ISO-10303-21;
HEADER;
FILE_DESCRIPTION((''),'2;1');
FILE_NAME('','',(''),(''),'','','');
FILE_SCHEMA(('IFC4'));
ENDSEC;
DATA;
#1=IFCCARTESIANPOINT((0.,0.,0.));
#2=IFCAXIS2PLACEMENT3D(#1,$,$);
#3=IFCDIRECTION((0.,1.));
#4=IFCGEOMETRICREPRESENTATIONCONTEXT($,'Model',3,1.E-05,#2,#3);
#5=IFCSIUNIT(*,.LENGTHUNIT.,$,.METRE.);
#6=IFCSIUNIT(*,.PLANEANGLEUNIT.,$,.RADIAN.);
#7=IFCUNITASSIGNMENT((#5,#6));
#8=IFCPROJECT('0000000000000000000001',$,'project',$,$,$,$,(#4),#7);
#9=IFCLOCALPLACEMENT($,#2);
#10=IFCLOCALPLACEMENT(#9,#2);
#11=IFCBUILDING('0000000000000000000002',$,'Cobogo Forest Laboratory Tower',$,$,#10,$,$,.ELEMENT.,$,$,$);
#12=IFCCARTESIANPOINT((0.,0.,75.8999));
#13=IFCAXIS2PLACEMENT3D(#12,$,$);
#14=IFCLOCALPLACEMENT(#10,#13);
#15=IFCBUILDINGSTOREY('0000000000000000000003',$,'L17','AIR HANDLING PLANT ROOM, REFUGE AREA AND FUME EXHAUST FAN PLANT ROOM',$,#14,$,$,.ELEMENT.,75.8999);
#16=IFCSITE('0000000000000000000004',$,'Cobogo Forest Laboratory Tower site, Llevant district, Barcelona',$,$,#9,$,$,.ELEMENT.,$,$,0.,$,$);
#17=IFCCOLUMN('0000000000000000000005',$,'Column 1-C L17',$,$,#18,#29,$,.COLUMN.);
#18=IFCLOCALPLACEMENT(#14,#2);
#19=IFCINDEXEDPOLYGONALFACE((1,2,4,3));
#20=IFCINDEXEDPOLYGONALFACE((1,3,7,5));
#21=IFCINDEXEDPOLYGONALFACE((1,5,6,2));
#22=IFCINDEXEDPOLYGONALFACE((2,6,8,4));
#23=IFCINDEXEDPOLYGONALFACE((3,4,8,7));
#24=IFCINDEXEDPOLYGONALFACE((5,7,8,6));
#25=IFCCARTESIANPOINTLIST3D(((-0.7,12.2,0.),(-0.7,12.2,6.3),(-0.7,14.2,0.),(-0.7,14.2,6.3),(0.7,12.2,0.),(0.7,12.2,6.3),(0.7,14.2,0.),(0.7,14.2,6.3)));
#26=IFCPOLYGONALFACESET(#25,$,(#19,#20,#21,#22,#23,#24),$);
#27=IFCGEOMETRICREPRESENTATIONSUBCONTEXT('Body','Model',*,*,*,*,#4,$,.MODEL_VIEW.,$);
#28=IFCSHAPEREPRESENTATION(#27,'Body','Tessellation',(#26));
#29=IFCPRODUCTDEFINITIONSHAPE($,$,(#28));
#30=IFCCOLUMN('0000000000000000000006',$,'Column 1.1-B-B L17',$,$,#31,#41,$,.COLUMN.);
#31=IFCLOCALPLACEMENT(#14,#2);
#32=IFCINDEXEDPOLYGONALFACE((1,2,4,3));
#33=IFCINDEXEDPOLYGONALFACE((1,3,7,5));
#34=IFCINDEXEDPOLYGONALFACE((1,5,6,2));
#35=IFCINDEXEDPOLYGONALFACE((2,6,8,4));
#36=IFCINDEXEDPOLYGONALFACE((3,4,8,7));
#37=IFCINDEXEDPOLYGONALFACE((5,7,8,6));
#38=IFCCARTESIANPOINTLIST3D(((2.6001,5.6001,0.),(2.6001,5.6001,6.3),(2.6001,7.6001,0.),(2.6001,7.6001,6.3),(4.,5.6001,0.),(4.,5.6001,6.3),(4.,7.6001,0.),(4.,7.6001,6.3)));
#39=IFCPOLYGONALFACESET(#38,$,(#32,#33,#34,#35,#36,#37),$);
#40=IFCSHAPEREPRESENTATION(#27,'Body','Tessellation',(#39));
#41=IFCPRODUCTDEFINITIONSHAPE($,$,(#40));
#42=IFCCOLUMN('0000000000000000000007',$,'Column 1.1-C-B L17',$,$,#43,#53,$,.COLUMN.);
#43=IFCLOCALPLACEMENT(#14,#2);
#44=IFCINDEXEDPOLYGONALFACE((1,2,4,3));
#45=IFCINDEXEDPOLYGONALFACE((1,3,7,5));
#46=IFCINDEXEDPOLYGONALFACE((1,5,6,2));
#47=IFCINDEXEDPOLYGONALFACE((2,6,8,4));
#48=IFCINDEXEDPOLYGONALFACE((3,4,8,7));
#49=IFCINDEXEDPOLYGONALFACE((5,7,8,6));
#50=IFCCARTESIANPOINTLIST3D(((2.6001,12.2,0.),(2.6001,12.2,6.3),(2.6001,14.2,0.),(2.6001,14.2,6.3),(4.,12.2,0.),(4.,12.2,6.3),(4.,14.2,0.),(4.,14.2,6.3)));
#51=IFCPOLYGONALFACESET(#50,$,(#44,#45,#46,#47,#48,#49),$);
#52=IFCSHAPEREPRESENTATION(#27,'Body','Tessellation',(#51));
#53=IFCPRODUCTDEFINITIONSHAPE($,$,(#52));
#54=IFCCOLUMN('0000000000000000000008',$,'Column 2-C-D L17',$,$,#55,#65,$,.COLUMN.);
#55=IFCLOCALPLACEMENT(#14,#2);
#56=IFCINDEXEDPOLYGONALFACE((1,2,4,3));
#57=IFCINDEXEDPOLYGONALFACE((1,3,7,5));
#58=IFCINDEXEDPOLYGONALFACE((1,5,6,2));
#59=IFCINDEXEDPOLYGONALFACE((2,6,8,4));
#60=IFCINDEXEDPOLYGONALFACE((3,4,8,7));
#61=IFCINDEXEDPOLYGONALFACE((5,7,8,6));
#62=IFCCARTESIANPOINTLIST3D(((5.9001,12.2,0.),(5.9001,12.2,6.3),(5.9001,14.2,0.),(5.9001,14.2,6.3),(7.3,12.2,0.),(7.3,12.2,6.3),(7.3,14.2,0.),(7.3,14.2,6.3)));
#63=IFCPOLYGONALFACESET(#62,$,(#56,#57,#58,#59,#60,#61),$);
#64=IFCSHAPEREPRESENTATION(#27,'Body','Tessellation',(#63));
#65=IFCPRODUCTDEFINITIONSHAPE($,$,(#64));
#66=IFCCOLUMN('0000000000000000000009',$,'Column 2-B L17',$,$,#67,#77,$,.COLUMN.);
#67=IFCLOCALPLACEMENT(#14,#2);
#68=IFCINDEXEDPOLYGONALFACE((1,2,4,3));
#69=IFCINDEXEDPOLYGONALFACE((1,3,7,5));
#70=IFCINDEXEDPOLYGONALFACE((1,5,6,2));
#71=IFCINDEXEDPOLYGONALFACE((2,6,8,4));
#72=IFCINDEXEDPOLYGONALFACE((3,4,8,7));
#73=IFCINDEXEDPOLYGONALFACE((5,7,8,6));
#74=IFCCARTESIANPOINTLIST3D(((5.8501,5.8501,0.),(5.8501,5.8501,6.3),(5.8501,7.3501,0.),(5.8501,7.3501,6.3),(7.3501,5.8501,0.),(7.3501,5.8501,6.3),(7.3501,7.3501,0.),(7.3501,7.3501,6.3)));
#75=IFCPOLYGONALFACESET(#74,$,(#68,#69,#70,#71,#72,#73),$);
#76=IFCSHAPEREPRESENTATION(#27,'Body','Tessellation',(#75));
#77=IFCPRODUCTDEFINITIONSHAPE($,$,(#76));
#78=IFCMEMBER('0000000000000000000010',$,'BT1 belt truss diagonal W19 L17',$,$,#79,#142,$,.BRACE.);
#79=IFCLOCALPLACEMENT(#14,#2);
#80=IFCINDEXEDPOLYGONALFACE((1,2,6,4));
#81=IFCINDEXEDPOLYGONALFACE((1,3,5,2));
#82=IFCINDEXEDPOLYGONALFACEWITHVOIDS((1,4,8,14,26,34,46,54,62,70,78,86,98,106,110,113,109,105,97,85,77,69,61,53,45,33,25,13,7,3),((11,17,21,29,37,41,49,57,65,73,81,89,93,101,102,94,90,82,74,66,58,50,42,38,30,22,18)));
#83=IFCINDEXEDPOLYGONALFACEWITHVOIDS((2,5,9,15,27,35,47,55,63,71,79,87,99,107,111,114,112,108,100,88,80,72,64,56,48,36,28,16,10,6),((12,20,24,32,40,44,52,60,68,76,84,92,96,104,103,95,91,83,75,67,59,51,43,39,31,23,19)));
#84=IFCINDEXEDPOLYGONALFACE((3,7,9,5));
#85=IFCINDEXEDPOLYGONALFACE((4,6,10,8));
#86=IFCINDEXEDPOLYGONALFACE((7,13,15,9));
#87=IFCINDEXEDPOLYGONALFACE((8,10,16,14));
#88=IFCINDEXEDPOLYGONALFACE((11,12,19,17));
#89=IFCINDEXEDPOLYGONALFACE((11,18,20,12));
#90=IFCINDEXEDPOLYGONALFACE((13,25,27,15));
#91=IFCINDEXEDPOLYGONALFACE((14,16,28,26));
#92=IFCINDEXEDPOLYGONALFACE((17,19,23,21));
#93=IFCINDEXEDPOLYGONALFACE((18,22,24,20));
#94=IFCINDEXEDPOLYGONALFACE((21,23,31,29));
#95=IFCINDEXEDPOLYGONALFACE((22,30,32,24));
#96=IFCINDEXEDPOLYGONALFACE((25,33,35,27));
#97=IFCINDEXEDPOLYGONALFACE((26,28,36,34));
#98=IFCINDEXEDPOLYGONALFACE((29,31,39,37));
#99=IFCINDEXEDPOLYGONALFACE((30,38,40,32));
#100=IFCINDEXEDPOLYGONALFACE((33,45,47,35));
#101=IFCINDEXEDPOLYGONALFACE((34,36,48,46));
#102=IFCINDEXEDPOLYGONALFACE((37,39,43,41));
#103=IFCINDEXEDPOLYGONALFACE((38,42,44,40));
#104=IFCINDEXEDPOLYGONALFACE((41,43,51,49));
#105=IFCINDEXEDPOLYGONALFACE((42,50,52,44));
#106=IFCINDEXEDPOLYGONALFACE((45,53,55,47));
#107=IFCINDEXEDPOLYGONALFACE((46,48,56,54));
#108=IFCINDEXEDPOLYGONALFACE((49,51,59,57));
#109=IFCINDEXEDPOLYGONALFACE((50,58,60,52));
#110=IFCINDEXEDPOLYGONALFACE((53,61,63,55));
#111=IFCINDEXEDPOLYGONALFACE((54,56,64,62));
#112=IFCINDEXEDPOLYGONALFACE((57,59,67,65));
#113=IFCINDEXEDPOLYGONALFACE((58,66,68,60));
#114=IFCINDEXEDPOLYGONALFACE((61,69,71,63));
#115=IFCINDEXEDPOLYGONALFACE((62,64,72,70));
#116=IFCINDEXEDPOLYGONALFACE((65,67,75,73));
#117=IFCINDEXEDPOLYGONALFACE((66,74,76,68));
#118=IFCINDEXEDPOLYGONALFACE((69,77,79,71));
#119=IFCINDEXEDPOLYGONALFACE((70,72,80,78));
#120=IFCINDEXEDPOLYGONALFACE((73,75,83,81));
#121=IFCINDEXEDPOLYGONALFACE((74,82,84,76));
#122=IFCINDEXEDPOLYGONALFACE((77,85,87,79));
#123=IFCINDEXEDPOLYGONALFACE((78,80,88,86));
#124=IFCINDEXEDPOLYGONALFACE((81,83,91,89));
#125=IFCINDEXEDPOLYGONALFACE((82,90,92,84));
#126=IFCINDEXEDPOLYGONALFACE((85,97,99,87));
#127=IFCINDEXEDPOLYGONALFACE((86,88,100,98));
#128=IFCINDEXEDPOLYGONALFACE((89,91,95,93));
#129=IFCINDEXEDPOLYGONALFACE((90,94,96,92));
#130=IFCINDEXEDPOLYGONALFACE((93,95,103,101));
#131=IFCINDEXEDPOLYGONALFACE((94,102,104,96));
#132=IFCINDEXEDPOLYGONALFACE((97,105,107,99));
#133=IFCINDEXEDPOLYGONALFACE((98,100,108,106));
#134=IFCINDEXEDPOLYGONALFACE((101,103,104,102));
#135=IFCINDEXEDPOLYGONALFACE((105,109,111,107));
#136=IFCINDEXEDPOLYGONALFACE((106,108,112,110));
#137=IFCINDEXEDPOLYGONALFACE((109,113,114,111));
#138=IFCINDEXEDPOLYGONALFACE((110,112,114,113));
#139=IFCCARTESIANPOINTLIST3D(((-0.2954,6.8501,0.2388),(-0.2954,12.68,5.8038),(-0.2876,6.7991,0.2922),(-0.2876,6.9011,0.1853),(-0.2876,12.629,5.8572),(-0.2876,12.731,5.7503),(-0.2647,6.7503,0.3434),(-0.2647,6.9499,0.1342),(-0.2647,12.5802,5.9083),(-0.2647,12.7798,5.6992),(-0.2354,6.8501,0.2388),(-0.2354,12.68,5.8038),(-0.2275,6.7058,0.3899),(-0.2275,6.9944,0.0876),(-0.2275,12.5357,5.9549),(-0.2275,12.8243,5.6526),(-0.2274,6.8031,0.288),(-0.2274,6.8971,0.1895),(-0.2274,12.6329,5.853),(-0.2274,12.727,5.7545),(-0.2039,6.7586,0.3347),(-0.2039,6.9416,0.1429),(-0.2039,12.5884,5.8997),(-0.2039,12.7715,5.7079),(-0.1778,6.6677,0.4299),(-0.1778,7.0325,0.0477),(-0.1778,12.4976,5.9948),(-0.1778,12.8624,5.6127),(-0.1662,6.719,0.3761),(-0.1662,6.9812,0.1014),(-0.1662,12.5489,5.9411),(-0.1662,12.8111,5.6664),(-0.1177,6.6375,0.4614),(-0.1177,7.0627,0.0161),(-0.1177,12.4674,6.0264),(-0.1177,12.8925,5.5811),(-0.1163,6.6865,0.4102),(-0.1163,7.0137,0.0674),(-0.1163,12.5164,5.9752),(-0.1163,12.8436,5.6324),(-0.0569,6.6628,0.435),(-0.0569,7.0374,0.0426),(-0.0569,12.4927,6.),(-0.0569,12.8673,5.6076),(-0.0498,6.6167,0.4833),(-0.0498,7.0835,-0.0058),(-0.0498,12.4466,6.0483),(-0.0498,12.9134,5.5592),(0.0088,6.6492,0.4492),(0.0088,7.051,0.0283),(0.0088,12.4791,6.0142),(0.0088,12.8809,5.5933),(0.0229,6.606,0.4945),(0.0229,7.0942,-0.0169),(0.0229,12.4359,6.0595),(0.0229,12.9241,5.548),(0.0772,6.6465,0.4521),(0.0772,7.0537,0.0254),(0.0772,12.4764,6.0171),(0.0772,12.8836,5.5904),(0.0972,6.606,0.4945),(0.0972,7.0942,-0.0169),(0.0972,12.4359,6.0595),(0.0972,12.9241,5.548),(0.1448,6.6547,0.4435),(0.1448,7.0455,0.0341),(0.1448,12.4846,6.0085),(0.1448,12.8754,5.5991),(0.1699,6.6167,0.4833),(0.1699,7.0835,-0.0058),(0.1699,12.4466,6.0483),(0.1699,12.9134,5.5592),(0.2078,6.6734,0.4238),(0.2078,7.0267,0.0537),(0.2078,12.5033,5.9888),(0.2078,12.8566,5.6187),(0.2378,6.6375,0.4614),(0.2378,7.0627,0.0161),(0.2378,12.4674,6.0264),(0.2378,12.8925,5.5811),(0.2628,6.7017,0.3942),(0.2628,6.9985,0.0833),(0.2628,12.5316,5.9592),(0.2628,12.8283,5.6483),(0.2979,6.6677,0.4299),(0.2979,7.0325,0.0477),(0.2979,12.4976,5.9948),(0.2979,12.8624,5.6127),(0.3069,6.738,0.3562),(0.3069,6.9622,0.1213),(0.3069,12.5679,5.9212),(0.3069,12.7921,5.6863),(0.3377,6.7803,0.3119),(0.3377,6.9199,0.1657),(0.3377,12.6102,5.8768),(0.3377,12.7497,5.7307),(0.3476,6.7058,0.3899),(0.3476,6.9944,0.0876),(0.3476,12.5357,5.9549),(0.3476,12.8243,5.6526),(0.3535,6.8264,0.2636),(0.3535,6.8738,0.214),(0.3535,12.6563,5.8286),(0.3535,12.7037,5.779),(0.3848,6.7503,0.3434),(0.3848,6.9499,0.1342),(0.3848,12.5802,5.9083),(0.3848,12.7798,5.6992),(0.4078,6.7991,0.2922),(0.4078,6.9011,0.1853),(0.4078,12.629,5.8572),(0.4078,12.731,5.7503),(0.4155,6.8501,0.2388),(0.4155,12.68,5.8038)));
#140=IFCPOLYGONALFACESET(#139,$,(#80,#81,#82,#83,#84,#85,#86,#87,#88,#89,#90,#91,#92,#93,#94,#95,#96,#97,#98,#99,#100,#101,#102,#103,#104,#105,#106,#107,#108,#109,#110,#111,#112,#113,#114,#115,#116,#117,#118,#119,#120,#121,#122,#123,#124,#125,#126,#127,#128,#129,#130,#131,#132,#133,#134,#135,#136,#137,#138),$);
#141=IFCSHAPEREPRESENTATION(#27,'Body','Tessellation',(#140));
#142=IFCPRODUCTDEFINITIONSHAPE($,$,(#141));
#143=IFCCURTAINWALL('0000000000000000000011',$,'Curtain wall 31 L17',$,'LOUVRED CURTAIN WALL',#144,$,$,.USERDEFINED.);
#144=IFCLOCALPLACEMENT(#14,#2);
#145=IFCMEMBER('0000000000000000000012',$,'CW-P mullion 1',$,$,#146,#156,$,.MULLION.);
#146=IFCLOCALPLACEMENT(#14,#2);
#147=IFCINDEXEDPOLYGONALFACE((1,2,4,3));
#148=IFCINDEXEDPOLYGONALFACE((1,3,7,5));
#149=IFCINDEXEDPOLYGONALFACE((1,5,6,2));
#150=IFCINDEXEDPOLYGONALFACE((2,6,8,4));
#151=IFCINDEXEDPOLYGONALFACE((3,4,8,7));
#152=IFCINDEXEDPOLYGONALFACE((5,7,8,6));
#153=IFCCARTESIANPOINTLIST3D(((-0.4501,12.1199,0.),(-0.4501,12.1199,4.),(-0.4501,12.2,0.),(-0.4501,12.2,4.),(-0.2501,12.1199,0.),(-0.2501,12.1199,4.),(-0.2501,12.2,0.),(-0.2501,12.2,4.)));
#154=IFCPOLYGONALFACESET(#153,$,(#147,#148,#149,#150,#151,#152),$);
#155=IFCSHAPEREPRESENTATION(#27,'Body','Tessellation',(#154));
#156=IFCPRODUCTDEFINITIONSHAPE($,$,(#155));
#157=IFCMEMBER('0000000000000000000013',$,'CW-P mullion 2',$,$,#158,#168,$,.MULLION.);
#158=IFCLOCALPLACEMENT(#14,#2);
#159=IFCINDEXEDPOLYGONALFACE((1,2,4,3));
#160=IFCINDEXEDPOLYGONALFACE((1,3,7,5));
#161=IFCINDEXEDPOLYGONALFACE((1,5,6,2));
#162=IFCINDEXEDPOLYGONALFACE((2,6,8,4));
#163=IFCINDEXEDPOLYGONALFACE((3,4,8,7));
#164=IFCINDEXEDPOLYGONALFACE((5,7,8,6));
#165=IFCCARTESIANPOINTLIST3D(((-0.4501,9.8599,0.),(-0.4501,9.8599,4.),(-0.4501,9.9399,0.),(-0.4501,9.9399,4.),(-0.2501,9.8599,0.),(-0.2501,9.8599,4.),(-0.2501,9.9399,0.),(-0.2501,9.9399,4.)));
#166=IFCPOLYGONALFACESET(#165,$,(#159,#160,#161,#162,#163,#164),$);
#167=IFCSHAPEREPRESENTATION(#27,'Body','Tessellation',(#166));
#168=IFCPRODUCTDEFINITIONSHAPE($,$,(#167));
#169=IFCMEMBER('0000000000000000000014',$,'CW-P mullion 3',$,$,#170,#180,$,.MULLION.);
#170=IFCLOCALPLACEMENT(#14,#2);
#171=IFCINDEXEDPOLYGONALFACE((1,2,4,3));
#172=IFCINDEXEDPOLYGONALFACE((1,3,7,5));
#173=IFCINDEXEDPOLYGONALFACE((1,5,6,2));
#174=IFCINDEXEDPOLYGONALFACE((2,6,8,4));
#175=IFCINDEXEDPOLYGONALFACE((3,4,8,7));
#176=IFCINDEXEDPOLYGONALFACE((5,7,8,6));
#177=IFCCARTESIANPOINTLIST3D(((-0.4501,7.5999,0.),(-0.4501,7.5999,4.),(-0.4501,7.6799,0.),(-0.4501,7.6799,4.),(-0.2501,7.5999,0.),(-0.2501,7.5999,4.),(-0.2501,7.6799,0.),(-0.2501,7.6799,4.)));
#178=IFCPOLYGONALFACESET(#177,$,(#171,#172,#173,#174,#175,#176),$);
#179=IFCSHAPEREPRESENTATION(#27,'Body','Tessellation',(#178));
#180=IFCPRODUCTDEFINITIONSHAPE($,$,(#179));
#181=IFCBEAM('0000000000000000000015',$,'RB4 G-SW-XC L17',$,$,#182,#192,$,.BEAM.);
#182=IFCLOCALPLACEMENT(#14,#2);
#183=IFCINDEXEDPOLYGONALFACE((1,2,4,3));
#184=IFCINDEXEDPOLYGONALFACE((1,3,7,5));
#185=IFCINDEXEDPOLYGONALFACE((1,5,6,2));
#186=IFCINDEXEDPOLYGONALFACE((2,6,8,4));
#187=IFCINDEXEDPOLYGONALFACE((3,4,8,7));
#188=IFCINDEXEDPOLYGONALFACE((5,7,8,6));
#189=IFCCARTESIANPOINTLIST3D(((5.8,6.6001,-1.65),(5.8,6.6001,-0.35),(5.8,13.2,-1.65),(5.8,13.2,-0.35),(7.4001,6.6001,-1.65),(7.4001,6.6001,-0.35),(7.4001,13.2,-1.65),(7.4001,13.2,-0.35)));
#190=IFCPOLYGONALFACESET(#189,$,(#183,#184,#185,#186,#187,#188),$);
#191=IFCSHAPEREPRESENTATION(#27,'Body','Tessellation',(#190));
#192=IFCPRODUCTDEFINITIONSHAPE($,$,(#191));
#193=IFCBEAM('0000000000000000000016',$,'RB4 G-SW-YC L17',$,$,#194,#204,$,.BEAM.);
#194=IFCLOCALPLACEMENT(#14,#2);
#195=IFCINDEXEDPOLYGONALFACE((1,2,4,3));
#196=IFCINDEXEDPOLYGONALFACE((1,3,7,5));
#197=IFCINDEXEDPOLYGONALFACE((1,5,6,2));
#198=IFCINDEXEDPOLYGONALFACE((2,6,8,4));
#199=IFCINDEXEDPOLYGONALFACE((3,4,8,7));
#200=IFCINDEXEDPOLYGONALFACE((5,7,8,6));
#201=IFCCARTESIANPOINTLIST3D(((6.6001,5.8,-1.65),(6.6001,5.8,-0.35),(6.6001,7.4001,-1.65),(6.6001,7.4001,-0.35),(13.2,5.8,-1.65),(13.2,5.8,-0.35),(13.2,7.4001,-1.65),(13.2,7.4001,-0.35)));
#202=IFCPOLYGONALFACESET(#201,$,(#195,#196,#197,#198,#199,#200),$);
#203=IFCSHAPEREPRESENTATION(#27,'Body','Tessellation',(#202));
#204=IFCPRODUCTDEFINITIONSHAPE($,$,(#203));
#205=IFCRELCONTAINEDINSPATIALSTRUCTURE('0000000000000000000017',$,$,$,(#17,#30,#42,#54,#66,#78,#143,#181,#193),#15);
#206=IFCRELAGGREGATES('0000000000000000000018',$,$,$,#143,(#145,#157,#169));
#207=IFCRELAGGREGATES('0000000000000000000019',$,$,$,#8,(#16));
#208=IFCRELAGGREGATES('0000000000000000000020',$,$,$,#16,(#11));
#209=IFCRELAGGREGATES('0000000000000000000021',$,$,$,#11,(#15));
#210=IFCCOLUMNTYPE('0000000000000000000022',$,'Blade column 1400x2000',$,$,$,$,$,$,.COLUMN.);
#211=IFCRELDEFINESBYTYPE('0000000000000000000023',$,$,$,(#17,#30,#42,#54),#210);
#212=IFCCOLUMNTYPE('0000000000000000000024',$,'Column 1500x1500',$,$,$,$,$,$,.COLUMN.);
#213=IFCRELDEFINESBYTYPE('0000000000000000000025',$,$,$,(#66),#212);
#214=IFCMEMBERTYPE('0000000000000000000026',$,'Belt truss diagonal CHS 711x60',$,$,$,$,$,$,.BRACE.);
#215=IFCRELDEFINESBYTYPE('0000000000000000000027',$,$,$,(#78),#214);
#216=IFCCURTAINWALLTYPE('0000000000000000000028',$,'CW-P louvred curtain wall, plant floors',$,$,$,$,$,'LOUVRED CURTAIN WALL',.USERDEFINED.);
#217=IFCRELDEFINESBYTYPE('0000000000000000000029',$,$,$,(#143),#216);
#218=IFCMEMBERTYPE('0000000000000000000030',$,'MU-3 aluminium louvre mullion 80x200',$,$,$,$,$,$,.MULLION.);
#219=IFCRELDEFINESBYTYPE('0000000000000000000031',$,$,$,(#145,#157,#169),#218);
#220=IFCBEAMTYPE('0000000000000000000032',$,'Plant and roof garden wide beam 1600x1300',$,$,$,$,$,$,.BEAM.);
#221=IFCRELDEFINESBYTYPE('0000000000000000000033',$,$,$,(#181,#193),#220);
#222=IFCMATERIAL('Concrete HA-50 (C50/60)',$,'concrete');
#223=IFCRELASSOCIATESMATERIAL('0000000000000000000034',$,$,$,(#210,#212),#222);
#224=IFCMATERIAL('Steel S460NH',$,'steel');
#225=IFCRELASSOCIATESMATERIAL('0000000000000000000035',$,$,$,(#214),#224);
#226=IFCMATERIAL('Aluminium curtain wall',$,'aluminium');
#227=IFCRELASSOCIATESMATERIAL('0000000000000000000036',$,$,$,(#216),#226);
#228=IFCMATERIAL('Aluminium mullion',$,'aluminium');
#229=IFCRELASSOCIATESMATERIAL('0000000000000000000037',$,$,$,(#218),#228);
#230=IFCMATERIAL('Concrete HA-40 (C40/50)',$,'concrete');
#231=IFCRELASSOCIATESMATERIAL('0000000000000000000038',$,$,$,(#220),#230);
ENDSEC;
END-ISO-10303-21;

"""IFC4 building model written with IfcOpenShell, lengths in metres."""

from ifc_helpers import new_model, si_unit, direction, frame, origin, origin_2d, place, context, subcontext, project, spatial, rectangle, hollow_circle, extrude, material, material_profile, profile_set, type_object, element, aggregate, save


model = new_model("IFC4")

# Units and contexts
model_context = context("Model", 3, precision=1e-05, world=origin(), true_north=direction((0.0, 1.0)))
body_context = subcontext(model_context, "Body", "Model", "MODEL_VIEW")
ifc_project = project(units=[si_unit("LENGTHUNIT", "METRE"), si_unit("PLANEANGLEUNIT", "RADIAN")], contexts=[model_context])

# Site, building, storey
site_placement = place(None, origin())
site = spatial("IfcSite", under=ifc_project, at=site_placement, Name="Cobogo Forest Laboratory Tower site, Llevant district, Barcelona", CompositionType="ELEMENT", RefElevation=0.0)
building_placement = place(site_placement, origin())
building = spatial("IfcBuilding", under=site, at=building_placement, Name="Cobogo Forest Laboratory Tower", CompositionType="ELEMENT")
storey_placement = place(building_placement, frame((0.0, 0.0, 75.8999)))
storey = spatial("IfcBuildingStorey", under=building, at=storey_placement, Name="L17", Description="AIR HANDLING PLANT ROOM, REFUGE AREA AND FUME EXHAUST FAN PLANT ROOM", CompositionType="ELEMENT", Elevation=75.8999)

# Columns
ifc_material_1 = material(Name="Concrete HA-50 (C50/60)", Category="concrete")
ifc_material_profile_1 = material_profile(ifc_material_1, rectangle(XDim=2.0, YDim=1.3999, at=origin_2d()), Name="RC 1400x2000")
ifc_profile_set_1 = profile_set([ifc_material_profile_1], Name="Concrete HA-50 (C50/60)")
column_type_1 = type_object("IfcColumnType", Name="Blade column 1400x2000", PredefinedType="COLUMN", material=ifc_profile_set_1)
for number, where, z_axis, x_axis, name in (
    (1, (0.0, 13.2, 0.0), (0.0, 0.0, 1.0), (0.0, 1.0, 0.0), "Column 1-C L17"),
    (2, (3.3, 6.6001, 0.0), (0.0, 0.0, 1.0), (0.0, 1.0, 0.0), "Column 1.1-B-B L17"),
    (3, (3.3, 13.2, 0.0), (0.0, 0.0, 1.0), (0.0, 1.0, 0.0), "Column 1.1-C-B L17"),
    (4, (6.6001, 13.2, 0.0), (0.0, 0.0, 1.0), (0.0, 1.0, 0.0), "Column 2-C-D L17"),
):
    element("IfcColumn", number, at=place(storey_placement, frame(where, z_axis=z_axis, x_axis=x_axis)), inside=storey, type_object=column_type_1, Name=name, PredefinedType="COLUMN", context=body_context, shape_type="SweptSolid", body=[
        extrude(rectangle(XDim=2.0, YDim=1.3999, at=origin_2d()), origin(), (0.0, 0.0, 1.0), 6.3),
    ])
ifc_material_profile_2 = material_profile(ifc_material_1, rectangle(XDim=1.5, YDim=1.5, at=origin_2d()), Name="RC 1500x1500")
ifc_profile_set_2 = profile_set([ifc_material_profile_2], Name="Concrete HA-50 (C50/60)")
column_type_2 = type_object("IfcColumnType", Name="Column 1500x1500", PredefinedType="COLUMN", material=ifc_profile_set_2)
column_placement = place(storey_placement, frame((6.6001, 6.6001, 0.0), z_axis=(0.0, 0.0, 1.0), x_axis=(1.0, 0.0, 0.0)))
element("IfcColumn", 5, at=column_placement, inside=storey, type_object=column_type_2, Name="Column 2-B L17", PredefinedType="COLUMN", context=body_context, shape_type="SweptSolid", body=[
    extrude(rectangle(XDim=1.5, YDim=1.5, at=origin_2d()), origin(), (0.0, 0.0, 1.0), 6.3),
])

# Member
ifc_material_2 = material(Name="Steel S460NH", Category="steel")
ifc_material_profile_3 = material_profile(ifc_material_2, hollow_circle(Radius=0.3555, WallThickness=0.0601, at=origin_2d()), Name="CHS 711x60")
ifc_profile_set_3 = profile_set([ifc_material_profile_3], Name="Steel S460NH")
member_type_1 = type_object("IfcMemberType", Name="Belt truss diagonal CHS 711x60", PredefinedType="BRACE", material=ifc_profile_set_3)
member_1_placement = place(storey_placement, frame((0.0601, 6.8501, 0.2388), z_axis=(0.0, 0.723349, 0.690482), x_axis=(-1.0, 0.0, 0.0)))
element("IfcMember", 6, at=member_1_placement, inside=storey, type_object=member_type_1, Name="BT1 belt truss diagonal W19 L17", PredefinedType="BRACE", context=body_context, shape_type="SweptSolid", body=[
    extrude(hollow_circle(Radius=0.3555, WallThickness=0.0601, at=origin_2d()), origin(), (0.0, 0.0, 1.0), 8.0596),
])

# Curtain wall, members
ifc_material_3 = material(Name="Aluminium curtain wall", Category="aluminium")
curtain_wall_type = type_object("IfcCurtainWallType", Name="CW-P louvred curtain wall, plant floors", ElementType="LOUVRED CURTAIN WALL", PredefinedType="USERDEFINED", material=ifc_material_3)
curtain_wall_placement = place(storey_placement, origin())
curtain_wall = element("IfcCurtainWall", 7, at=curtain_wall_placement, inside=storey, type_object=curtain_wall_type, Name="Curtain wall 31 L17", ObjectType="LOUVRED CURTAIN WALL", PredefinedType="USERDEFINED")
ifc_material_4 = material(Name="Aluminium mullion", Category="aluminium")
ifc_material_profile_4 = material_profile(ifc_material_4, rectangle(XDim=0.0801, YDim=0.2, at=origin_2d()), Name="AL 80x200")
ifc_profile_set_4 = profile_set([ifc_material_profile_4], Name="Aluminium mullion")
member_type_2 = type_object("IfcMemberType", Name="MU-3 aluminium louvre mullion 80x200", PredefinedType="MULLION", material=ifc_profile_set_4)
member_2_placement = place(storey_placement, frame((-0.3501, 12.1599, 0.0), z_axis=(0.0, 0.0, 1.0), x_axis=(0.0, -1.0, 0.0)))
member_2 = element("IfcMember", 8, at=member_2_placement, type_object=member_type_2, Name="CW-P mullion 1", PredefinedType="MULLION", context=body_context, shape_type="SweptSolid", body=[
    extrude(rectangle(XDim=0.0801, YDim=0.2, at=origin_2d()), origin(), (0.0, 0.0, 1.0), 4.0),
])
member_3_placement = place(storey_placement, frame((-0.3501, 9.8999, 0.0), z_axis=(0.0, 0.0, 1.0), x_axis=(0.0, -1.0, 0.0)))
member_3 = element("IfcMember", 9, at=member_3_placement, type_object=member_type_2, Name="CW-P mullion 2", PredefinedType="MULLION", context=body_context, shape_type="SweptSolid", body=[
    extrude(rectangle(XDim=0.0801, YDim=0.2, at=origin_2d()), origin(), (0.0, 0.0, 1.0), 4.0),
])
member_4_placement = place(storey_placement, frame((-0.3501, 7.6399, 0.0), z_axis=(0.0, 0.0, 1.0), x_axis=(0.0, -1.0, 0.0)))
member_4 = element("IfcMember", 10, at=member_4_placement, type_object=member_type_2, Name="CW-P mullion 3", PredefinedType="MULLION", context=body_context, shape_type="SweptSolid", body=[
    extrude(rectangle(XDim=0.0801, YDim=0.2, at=origin_2d()), origin(), (0.0, 0.0, 1.0), 4.0),
])

# Beams
ifc_material_5 = material(Name="Concrete HA-40 (C40/50)", Category="concrete")
ifc_material_profile_5 = material_profile(ifc_material_5, rectangle(XDim=1.6001, YDim=1.3, at=origin_2d()), Name="RC 1600x1300")
ifc_profile_set_5 = profile_set([ifc_material_profile_5], Name="Concrete HA-40 (C40/50)")
beam_type_1 = type_object("IfcBeamType", Name="Plant and roof garden wide beam 1600x1300", PredefinedType="BEAM", material=ifc_profile_set_5)
for number, where, z_axis, x_axis, name in (
    (11, (6.6001, 6.6001, -1.0), (0.0, 1.0, 0.0), (-1.0, 0.0, 0.0), "RB4 G-SW-XC L17"),
    (12, (6.6001, 6.6001, -1.0), (1.0, 0.0, 0.0), (0.0, 1.0, 0.0), "RB4 G-SW-YC L17"),
):
    element("IfcBeam", number, at=place(storey_placement, frame(where, z_axis=z_axis, x_axis=x_axis)), inside=storey, type_object=beam_type_1, Name=name, PredefinedType="BEAM", context=body_context, shape_type="SweptSolid", body=[
        extrude(rectangle(XDim=1.6001, YDim=1.3, at=origin_2d()), origin(), (0.0, 0.0, 1.0), 6.5999),
    ])

aggregate(curtain_wall, [member_2, member_3, member_4])

save(model, "model.ifc")
